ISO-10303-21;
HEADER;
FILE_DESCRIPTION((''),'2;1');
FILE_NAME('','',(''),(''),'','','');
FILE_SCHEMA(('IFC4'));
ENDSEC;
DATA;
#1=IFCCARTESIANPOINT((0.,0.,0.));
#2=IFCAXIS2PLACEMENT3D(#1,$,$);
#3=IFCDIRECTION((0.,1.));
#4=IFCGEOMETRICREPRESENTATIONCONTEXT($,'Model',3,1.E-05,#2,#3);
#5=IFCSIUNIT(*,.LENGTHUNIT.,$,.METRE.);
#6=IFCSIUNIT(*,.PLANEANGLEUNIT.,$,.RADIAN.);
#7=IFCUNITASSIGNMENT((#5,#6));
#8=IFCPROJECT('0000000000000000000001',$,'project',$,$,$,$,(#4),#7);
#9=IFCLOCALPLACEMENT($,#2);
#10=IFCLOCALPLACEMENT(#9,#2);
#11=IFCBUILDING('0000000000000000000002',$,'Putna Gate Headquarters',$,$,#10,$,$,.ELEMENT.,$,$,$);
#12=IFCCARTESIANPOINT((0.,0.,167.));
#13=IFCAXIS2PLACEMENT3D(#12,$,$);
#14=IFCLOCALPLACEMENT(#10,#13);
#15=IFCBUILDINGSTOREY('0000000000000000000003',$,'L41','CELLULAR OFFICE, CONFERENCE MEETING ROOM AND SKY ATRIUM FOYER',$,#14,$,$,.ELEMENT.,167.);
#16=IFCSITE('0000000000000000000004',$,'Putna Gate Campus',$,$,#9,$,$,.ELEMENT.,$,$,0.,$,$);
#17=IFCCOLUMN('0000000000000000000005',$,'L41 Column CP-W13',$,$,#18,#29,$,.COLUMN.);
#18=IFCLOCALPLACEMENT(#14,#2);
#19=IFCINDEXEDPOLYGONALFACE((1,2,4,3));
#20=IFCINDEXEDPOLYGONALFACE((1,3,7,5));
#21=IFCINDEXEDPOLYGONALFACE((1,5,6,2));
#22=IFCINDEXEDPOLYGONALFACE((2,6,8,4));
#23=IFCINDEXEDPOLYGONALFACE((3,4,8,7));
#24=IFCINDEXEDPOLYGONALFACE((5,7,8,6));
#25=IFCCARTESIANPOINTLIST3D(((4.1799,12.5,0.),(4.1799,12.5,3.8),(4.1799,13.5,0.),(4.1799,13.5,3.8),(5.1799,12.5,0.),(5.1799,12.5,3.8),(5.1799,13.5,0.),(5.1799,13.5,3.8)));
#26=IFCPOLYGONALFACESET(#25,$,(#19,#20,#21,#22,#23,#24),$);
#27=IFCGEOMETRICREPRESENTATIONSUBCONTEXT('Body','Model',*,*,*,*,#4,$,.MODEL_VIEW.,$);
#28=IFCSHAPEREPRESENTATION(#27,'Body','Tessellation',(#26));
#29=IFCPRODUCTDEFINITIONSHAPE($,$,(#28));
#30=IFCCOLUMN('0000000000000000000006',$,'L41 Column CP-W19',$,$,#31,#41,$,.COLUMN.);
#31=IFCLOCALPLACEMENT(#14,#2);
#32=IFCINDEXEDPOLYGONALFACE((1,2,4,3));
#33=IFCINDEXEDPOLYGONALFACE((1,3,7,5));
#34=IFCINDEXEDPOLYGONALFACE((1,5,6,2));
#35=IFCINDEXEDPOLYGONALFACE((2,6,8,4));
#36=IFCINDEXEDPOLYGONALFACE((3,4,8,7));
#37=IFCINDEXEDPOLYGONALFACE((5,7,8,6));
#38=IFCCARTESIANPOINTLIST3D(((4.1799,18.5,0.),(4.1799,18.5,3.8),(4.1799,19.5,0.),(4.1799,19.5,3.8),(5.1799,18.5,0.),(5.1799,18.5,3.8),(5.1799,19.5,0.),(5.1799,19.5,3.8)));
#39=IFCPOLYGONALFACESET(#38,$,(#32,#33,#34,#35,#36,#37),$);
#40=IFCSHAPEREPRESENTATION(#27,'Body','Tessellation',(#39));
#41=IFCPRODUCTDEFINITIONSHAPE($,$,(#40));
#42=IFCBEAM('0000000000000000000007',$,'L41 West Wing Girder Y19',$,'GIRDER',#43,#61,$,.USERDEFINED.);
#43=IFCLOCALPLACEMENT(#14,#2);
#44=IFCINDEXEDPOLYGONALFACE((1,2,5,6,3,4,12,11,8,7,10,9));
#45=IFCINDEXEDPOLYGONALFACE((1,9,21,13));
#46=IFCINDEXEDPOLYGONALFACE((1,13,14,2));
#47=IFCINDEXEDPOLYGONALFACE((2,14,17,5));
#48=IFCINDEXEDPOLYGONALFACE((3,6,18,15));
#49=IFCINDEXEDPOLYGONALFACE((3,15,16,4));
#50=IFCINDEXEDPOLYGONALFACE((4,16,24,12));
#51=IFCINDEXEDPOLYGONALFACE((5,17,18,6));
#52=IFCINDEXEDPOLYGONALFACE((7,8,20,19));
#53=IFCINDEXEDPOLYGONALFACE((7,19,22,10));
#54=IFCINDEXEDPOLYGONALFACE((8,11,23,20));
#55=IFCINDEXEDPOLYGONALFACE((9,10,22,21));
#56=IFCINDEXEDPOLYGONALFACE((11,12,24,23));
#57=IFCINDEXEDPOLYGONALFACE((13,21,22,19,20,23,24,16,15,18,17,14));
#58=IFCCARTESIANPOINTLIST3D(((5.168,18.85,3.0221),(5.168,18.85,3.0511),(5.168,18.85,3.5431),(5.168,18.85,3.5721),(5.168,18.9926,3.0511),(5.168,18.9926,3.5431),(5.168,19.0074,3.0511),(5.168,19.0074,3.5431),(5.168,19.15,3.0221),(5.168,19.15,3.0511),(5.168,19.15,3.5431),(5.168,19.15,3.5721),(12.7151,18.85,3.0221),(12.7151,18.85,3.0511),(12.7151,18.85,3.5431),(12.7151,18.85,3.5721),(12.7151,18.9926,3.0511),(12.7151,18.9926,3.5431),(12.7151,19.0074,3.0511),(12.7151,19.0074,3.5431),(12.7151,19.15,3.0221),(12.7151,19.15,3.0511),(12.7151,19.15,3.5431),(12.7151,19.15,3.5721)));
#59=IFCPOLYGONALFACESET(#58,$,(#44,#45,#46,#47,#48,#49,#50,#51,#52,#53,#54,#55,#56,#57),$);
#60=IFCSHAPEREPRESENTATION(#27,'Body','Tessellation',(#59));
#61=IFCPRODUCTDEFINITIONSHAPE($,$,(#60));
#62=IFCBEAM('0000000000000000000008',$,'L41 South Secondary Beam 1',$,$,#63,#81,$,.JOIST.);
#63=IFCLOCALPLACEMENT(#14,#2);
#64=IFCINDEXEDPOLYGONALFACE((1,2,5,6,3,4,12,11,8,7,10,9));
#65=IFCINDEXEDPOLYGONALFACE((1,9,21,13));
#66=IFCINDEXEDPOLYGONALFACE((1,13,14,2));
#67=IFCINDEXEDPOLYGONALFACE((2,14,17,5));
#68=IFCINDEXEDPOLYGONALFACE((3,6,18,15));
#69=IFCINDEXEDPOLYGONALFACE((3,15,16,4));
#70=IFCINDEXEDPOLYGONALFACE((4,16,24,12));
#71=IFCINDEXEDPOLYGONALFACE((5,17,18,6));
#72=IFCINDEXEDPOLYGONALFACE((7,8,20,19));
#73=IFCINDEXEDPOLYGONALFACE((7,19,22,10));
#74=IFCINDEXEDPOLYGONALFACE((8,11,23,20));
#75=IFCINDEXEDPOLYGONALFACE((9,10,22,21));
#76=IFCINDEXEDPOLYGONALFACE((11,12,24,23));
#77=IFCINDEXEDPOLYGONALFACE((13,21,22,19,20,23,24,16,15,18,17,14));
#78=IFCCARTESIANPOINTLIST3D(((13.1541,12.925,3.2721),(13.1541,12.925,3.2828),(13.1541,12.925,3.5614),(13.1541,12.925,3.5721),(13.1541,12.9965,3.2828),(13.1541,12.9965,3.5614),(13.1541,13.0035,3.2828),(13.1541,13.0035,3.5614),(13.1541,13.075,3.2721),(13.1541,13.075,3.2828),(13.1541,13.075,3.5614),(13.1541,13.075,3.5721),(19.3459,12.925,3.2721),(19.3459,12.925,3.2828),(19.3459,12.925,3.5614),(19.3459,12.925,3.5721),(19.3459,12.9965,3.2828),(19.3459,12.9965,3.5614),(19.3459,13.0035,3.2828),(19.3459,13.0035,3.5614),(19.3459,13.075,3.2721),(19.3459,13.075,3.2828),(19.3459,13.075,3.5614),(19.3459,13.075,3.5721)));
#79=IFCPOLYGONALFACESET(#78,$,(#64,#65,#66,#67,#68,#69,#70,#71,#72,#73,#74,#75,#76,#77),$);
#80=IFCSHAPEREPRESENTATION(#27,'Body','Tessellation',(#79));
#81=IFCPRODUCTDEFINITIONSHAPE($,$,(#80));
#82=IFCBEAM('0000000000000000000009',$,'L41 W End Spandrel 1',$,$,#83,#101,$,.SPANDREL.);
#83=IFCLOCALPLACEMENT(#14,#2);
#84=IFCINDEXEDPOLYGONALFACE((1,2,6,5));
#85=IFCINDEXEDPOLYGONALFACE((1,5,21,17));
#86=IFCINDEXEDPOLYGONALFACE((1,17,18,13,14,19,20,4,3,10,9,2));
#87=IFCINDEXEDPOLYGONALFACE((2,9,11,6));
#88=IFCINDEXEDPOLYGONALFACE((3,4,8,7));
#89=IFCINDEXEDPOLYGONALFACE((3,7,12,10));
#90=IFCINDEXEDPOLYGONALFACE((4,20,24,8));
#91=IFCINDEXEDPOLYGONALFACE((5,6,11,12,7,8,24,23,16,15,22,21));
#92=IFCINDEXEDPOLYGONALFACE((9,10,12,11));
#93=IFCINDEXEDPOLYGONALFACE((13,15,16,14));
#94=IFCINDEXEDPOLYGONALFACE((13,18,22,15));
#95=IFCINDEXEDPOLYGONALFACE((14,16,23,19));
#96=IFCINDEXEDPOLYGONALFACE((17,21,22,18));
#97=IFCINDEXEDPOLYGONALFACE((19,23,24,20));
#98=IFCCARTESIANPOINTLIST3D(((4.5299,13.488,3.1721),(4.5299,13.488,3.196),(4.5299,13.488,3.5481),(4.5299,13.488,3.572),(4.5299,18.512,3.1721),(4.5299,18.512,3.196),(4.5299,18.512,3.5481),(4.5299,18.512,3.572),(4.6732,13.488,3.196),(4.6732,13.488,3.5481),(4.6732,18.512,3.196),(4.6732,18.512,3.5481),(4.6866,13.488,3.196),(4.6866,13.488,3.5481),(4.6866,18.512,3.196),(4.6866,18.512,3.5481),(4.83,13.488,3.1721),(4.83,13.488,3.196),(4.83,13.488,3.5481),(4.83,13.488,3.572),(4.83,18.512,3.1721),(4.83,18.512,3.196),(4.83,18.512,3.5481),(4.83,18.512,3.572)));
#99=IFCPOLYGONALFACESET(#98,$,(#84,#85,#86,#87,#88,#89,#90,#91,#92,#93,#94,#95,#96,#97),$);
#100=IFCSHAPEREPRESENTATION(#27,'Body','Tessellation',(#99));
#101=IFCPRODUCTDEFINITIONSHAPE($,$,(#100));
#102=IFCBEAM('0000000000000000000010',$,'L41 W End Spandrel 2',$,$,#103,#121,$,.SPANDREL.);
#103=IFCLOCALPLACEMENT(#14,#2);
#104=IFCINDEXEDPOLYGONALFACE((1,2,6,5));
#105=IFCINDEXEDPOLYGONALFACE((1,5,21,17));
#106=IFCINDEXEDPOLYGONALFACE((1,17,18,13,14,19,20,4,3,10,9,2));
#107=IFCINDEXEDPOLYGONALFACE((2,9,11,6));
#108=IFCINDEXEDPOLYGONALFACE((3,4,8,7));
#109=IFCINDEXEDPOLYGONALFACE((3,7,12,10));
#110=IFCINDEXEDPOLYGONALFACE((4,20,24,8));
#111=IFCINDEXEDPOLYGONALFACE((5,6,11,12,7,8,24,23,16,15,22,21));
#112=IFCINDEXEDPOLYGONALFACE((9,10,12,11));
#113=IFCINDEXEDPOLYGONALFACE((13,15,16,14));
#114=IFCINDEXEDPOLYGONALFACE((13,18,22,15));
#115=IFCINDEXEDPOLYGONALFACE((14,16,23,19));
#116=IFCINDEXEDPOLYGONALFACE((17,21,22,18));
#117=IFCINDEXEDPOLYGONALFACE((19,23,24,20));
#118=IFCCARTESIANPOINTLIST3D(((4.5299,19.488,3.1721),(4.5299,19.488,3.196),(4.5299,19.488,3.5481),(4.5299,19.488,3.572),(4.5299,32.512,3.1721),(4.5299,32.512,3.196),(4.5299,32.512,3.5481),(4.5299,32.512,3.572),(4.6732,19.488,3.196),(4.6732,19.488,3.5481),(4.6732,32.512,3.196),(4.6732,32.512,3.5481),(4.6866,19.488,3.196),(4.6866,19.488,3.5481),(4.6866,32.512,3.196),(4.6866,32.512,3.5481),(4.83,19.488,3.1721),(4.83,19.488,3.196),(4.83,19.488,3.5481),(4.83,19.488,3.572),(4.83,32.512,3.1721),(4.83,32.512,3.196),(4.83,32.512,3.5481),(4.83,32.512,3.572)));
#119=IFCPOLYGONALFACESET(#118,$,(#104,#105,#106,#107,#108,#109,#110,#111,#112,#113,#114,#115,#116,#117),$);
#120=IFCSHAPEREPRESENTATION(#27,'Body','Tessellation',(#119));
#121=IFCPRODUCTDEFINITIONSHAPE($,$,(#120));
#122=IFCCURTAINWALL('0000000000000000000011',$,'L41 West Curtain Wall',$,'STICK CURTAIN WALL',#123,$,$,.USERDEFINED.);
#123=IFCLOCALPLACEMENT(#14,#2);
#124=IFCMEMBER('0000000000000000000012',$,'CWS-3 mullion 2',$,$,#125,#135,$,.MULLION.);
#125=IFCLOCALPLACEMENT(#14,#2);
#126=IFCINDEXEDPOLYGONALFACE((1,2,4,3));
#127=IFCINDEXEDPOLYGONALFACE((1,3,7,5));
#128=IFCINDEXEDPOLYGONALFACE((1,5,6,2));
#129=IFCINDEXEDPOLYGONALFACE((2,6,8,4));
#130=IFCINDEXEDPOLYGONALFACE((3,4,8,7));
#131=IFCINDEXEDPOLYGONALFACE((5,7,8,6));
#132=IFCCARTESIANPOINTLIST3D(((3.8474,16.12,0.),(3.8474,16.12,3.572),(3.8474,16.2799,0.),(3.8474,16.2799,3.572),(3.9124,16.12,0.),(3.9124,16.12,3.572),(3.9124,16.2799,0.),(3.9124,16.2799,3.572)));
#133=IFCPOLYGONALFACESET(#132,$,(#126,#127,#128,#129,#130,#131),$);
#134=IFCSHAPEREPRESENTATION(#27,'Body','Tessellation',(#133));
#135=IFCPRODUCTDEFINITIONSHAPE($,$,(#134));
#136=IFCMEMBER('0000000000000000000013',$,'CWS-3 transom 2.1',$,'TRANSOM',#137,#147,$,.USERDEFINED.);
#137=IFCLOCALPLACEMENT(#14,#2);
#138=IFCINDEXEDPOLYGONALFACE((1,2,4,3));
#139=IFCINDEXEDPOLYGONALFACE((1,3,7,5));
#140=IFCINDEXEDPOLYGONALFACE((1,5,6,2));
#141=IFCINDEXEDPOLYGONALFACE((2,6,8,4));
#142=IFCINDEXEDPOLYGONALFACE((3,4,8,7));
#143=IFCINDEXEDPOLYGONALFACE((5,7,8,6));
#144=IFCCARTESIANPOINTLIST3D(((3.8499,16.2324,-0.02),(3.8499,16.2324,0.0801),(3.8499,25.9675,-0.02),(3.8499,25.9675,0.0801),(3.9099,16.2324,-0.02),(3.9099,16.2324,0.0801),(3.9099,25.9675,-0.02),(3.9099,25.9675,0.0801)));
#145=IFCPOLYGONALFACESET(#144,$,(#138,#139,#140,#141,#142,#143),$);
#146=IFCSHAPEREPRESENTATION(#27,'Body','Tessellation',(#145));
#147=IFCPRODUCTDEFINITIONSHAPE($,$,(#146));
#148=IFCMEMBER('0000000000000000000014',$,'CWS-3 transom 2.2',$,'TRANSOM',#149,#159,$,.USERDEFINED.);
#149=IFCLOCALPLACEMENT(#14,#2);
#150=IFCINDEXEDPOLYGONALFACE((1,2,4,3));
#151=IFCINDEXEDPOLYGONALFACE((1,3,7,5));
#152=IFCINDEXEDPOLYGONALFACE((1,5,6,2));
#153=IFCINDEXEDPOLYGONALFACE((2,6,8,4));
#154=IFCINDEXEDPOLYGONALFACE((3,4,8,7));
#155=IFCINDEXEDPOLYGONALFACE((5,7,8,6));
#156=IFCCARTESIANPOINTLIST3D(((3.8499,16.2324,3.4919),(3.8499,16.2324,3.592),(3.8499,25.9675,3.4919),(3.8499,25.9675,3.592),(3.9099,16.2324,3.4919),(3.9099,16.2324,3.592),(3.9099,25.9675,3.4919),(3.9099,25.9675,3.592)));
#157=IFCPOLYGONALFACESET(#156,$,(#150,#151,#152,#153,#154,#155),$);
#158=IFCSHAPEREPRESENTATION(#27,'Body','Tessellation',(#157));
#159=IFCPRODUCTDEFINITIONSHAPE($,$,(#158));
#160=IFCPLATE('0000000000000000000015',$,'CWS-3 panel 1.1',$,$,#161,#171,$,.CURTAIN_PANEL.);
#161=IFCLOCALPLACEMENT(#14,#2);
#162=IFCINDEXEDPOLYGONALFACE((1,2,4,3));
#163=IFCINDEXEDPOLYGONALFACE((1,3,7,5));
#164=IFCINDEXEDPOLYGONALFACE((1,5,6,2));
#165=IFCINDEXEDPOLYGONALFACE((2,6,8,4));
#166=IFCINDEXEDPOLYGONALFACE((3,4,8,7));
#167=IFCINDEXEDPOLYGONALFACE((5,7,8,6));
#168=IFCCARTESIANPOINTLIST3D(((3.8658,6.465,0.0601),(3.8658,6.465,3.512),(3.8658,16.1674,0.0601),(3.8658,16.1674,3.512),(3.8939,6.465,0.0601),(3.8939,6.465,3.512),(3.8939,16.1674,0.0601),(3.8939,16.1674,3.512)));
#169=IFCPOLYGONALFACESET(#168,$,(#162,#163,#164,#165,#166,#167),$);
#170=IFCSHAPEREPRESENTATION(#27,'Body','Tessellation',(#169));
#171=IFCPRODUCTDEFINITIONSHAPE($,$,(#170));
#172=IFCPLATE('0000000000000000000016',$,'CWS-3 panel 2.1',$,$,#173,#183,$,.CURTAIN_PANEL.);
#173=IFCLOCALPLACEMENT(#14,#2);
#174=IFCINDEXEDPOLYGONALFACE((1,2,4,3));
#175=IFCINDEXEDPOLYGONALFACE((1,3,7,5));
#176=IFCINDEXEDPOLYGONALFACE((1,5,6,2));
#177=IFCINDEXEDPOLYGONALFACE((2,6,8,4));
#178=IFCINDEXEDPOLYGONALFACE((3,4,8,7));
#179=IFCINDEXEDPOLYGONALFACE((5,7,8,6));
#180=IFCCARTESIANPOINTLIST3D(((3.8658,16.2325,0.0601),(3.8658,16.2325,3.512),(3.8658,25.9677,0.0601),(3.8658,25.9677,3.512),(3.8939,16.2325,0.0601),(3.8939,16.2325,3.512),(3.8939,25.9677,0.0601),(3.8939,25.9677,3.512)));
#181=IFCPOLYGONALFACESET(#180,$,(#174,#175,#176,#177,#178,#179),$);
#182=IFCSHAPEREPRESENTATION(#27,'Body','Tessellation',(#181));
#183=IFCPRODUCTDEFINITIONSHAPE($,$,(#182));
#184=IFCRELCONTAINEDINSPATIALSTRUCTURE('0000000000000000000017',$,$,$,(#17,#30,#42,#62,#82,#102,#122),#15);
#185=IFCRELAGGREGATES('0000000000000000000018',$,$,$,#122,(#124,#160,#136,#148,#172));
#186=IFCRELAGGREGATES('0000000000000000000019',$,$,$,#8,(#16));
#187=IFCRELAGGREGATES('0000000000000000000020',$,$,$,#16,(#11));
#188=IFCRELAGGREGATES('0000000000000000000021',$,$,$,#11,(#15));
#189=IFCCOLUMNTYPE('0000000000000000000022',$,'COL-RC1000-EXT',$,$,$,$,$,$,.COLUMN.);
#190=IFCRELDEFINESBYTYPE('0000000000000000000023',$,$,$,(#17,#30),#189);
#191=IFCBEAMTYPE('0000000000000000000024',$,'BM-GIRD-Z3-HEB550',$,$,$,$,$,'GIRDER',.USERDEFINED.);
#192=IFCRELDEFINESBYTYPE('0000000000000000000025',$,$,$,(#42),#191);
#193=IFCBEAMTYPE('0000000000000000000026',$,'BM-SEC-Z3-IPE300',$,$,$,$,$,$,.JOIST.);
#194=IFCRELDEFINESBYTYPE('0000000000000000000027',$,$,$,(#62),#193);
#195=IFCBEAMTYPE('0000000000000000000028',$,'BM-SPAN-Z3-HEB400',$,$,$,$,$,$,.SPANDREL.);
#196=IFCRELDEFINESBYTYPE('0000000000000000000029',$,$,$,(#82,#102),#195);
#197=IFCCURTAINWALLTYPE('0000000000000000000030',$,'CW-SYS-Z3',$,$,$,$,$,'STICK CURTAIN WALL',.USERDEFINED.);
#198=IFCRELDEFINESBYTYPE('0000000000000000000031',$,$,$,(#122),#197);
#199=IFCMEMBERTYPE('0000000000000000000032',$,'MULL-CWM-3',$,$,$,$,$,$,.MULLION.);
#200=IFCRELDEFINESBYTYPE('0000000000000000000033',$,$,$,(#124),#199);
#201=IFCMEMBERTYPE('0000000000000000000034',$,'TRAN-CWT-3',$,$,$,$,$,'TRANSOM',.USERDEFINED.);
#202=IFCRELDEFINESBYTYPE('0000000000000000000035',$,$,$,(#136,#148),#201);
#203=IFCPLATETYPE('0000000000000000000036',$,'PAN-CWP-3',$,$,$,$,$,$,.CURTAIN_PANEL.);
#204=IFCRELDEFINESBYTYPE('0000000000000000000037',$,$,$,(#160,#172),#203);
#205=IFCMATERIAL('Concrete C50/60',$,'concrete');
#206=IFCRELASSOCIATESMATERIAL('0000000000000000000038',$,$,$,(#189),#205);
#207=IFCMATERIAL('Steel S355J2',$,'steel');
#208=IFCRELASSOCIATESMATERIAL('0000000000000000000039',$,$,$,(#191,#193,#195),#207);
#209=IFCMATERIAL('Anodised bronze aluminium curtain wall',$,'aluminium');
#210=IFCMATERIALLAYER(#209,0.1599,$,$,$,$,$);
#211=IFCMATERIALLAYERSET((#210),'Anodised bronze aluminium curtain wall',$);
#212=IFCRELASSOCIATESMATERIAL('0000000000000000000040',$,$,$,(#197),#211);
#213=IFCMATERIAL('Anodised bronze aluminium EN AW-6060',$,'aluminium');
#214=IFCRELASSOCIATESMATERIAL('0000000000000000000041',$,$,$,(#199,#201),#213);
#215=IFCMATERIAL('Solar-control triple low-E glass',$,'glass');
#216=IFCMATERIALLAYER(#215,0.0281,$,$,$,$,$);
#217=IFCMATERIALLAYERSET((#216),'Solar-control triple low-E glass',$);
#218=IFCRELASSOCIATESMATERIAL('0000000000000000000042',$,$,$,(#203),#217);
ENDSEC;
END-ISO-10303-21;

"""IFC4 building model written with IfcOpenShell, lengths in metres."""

from ifc_helpers import new_model, si_unit, direction, frame, origin, origin_2d, place, context, subcontext, project, spatial, rectangle, i_section, extrude, material, layer, layer_set, material_profile, profile_set, type_object, element, aggregate, save


model = new_model("IFC4")

# Units and contexts
model_context = context("Model", 3, precision=1e-05, world=origin(), true_north=direction((0.0, 1.0)))
body_context = subcontext(model_context, "Body", "Model", "MODEL_VIEW")
ifc_project = project(units=[si_unit("LENGTHUNIT", "METRE"), si_unit("PLANEANGLEUNIT", "RADIAN")], contexts=[model_context])

# Site, building, storey
site_placement = place(None, origin())
site = spatial("IfcSite", under=ifc_project, at=site_placement, Name="Putna Gate Campus", CompositionType="ELEMENT", RefElevation=0.0)
building_placement = place(site_placement, origin())
building = spatial("IfcBuilding", under=site, at=building_placement, Name="Putna Gate Headquarters", CompositionType="ELEMENT")
storey_placement = place(building_placement, frame((0.0, 0.0, 167.0)))
storey = spatial("IfcBuildingStorey", under=building, at=storey_placement, Name="L41", Description="CELLULAR OFFICE, CONFERENCE MEETING ROOM AND SKY ATRIUM FOYER", CompositionType="ELEMENT", Elevation=167.0)

# Columns
ifc_material_1 = material(Name="Concrete C50/60", Category="concrete")
ifc_material_profile_1 = material_profile(ifc_material_1, rectangle(XDim=1.0, YDim=1.0, at=origin_2d()), Name="Concrete C50/60")
ifc_profile_set_1 = profile_set([ifc_material_profile_1], Name="Concrete C50/60")
column_type = type_object("IfcColumnType", Name="COL-RC1000-EXT", PredefinedType="COLUMN", material=ifc_profile_set_1)
for number, where, z_axis, x_axis, name in (
    (1, (4.6799, 13.0, 0.0), (0.0, 0.0, 1.0), (1.0, 0.0, 0.0), "L41 Column CP-W13"),
    (2, (4.6799, 19.0, 0.0), (0.0, 0.0, 1.0), (1.0, 0.0, 0.0), "L41 Column CP-W19"),
):
    element("IfcColumn", number, at=place(storey_placement, frame(where, z_axis=z_axis, x_axis=x_axis)), inside=storey, type_object=column_type, Name=name, PredefinedType="COLUMN", context=body_context, shape_type="SweptSolid", body=[
        extrude(rectangle(XDim=1.0, YDim=1.0, at=origin_2d()), origin(), (0.0, 0.0, 1.0), 3.8),
    ])

# Beams
ifc_material_2 = material(Name="Steel S355J2", Category="steel")
ifc_material_profile_2 = material_profile(ifc_material_2, i_section(OverallWidth=0.3, OverallDepth=0.55, WebThickness=0.0149, FlangeThickness=0.0291, at=origin_2d()), Name="Steel S355J2")
ifc_profile_set_2 = profile_set([ifc_material_profile_2], Name="Steel S355J2")
beam_type_1 = type_object("IfcBeamType", Name="BM-GIRD-Z3-HEB550", ElementType="GIRDER", PredefinedType="USERDEFINED", material=ifc_profile_set_2)
beam_1_placement = place(storey_placement, frame((5.168, 19.0, 3.2971), z_axis=(1.0, 0.0, 0.0), x_axis=(0.0, 1.0, 0.0)))
element("IfcBeam", 3, at=beam_1_placement, inside=storey, type_object=beam_type_1, Name="L41 West Wing Girder Y19", ObjectType="GIRDER", PredefinedType="USERDEFINED", context=body_context, shape_type="SweptSolid", body=[
    extrude(i_section(OverallWidth=0.3, OverallDepth=0.55, WebThickness=0.0149, FlangeThickness=0.0291, at=origin_2d()), origin(), (0.0, 0.0, 1.0), 7.5471),
])
ifc_material_profile_3 = material_profile(ifc_material_2, i_section(OverallWidth=0.1499, OverallDepth=0.3, WebThickness=0.0071, FlangeThickness=0.0107, at=origin_2d()), Name="Steel S355J2")
ifc_profile_set_3 = profile_set([ifc_material_profile_3], Name="Steel S355J2")
beam_type_2 = type_object("IfcBeamType", Name="BM-SEC-Z3-IPE300", PredefinedType="JOIST", material=ifc_profile_set_3)
beam_2_placement = place(storey_placement, frame((13.1541, 13.0, 3.4221), z_axis=(1.0, 0.0, 0.0), x_axis=(0.0, 1.0, 0.0)))
element("IfcBeam", 4, at=beam_2_placement, inside=storey, type_object=beam_type_2, Name="L41 South Secondary Beam 1", PredefinedType="JOIST", context=body_context, shape_type="SweptSolid", body=[
    extrude(i_section(OverallWidth=0.1499, OverallDepth=0.3, WebThickness=0.0071, FlangeThickness=0.0107, at=origin_2d()), origin(), (0.0, 0.0, 1.0), 6.1919),
])
ifc_material_profile_4 = material_profile(ifc_material_2, i_section(OverallWidth=0.3, OverallDepth=0.3999, WebThickness=0.0134, FlangeThickness=0.0239, at=origin_2d()), Name="Steel S355J2")
ifc_profile_set_4 = profile_set([ifc_material_profile_4], Name="Steel S355J2")
beam_type_3 = type_object("IfcBeamType", Name="BM-SPAN-Z3-HEB400", PredefinedType="SPANDREL", material=ifc_profile_set_4)
beam_3_placement = place(storey_placement, frame((4.6799, 13.488, 3.3721), z_axis=(0.0, 1.0, 0.0), x_axis=(-1.0, 0.0, 0.0)))
element("IfcBeam", 5, at=beam_3_placement, inside=storey, type_object=beam_type_3, Name="L41 W End Spandrel 1", PredefinedType="SPANDREL", context=body_context, shape_type="SweptSolid", body=[
    extrude(i_section(OverallWidth=0.3, OverallDepth=0.3999, WebThickness=0.0134, FlangeThickness=0.0239, at=origin_2d()), origin(), (0.0, 0.0, 1.0), 5.0239),
])
beam_4_placement = place(storey_placement, frame((4.6799, 19.488, 3.3721), z_axis=(0.0, 1.0, 0.0), x_axis=(-1.0, 0.0, 0.0)))
element("IfcBeam", 6, at=beam_4_placement, inside=storey, type_object=beam_type_3, Name="L41 W End Spandrel 2", PredefinedType="SPANDREL", context=body_context, shape_type="SweptSolid", body=[
    extrude(i_section(OverallWidth=0.3, OverallDepth=0.3999, WebThickness=0.0134, FlangeThickness=0.0239, at=origin_2d()), origin(), (0.0, 0.0, 1.0), 13.0239),
])

# Curtain wall, members, plates
ifc_material_3 = material(Name="Anodised bronze aluminium curtain wall", Category="aluminium")
ifc_layer_1 = layer(ifc_material_3, 0.1599)
ifc_layer_set_1 = layer_set([ifc_layer_1], Name="Anodised bronze aluminium curtain wall")
curtain_wall_type = type_object("IfcCurtainWallType", Name="CW-SYS-Z3", ElementType="STICK CURTAIN WALL", PredefinedType="USERDEFINED", material=ifc_layer_set_1)
curtain_wall_placement = place(storey_placement, origin())
curtain_wall = element("IfcCurtainWall", 7, at=curtain_wall_placement, inside=storey, type_object=curtain_wall_type, Name="L41 West Curtain Wall", ObjectType="STICK CURTAIN WALL", PredefinedType="USERDEFINED")
ifc_material_4 = material(Name="Anodised bronze aluminium EN AW-6060", Category="aluminium")
ifc_material_profile_5 = material_profile(ifc_material_4, rectangle(XDim=0.0649, YDim=0.1599, at=origin_2d()), Name="Anodised bronze aluminium EN AW-6060")
ifc_profile_set_5 = profile_set([ifc_material_profile_5], Name="Anodised bronze aluminium EN AW-6060")
member_type_1 = type_object("IfcMemberType", Name="MULL-CWM-3", PredefinedType="MULLION", material=ifc_profile_set_5)
member_1_placement = place(storey_placement, frame((3.8799, 16.2, 0.0), z_axis=(0.0, 0.0, 1.0), x_axis=(-1.0, 0.0, 0.0)))
member_1 = element("IfcMember", 8, at=member_1_placement, type_object=member_type_1, Name="CWS-3 mullion 2", PredefinedType="MULLION", context=body_context, shape_type="SweptSolid", body=[
    extrude(rectangle(XDim=0.0649, YDim=0.1599, at=origin_2d()), origin(), (0.0, 0.0, 1.0), 3.572),
])
ifc_material_profile_6 = material_profile(ifc_material_4, rectangle(XDim=0.0601, YDim=0.1001, at=origin_2d()), Name="Anodised bronze aluminium EN AW-6060")
ifc_profile_set_6 = profile_set([ifc_material_profile_6], Name="Anodised bronze aluminium EN AW-6060")
member_type_2 = type_object("IfcMemberType", Name="TRAN-CWT-3", ElementType="TRANSOM", PredefinedType="USERDEFINED", material=ifc_profile_set_6)
member_2_placement = place(storey_placement, frame((3.8799, 16.2324, 0.03), z_axis=(0.0, 1.0, 0.0), x_axis=(-1.0, 0.0, 0.0)))
member_2 = element("IfcMember", 9, at=member_2_placement, type_object=member_type_2, Name="CWS-3 transom 2.1", ObjectType="TRANSOM", PredefinedType="USERDEFINED", context=body_context, shape_type="SweptSolid", body=[
    extrude(rectangle(XDim=0.0601, YDim=0.1001, at=origin_2d()), origin(), (0.0, 0.0, 1.0), 9.7351),
])
member_3_placement = place(storey_placement, frame((3.8799, 16.2324, 3.542), z_axis=(0.0, 1.0, 0.0), x_axis=(-1.0, 0.0, 0.0)))
member_3 = element("IfcMember", 10, at=member_3_placement, type_object=member_type_2, Name="CWS-3 transom 2.2", ObjectType="TRANSOM", PredefinedType="USERDEFINED", context=body_context, shape_type="SweptSolid", body=[
    extrude(rectangle(XDim=0.0601, YDim=0.1001, at=origin_2d()), origin(), (0.0, 0.0, 1.0), 9.7351),
])
ifc_material_5 = material(Name="Solar-control triple low-E glass", Category="glass")
ifc_layer_2 = layer(ifc_material_5, 0.0281)
ifc_layer_set_2 = layer_set([ifc_layer_2], Name="Solar-control triple low-E glass")
plate_type = type_object("IfcPlateType", Name="PAN-CWP-3", PredefinedType="CURTAIN_PANEL", material=ifc_layer_set_2)
plate_1_placement = place(storey_placement, frame((3.8799, 11.3162, 0.0601), z_axis=(0.0, 0.0, 1.0), x_axis=(0.0, 1.0, 0.0)))
plate_1 = element("IfcPlate", 11, at=plate_1_placement, type_object=plate_type, Name="CWS-3 panel 1.1", PredefinedType="CURTAIN_PANEL", context=body_context, shape_type="SweptSolid", body=[
    extrude(rectangle(XDim=9.7024, YDim=0.0281, at=origin_2d()), origin(), (0.0, 0.0, 1.0), 3.4519),
])
plate_2_placement = place(storey_placement, frame((3.8799, 21.1001, 0.0601), z_axis=(0.0, 0.0, 1.0), x_axis=(0.0, 1.0, 0.0)))
plate_2 = element("IfcPlate", 12, at=plate_2_placement, type_object=plate_type, Name="CWS-3 panel 2.1", PredefinedType="CURTAIN_PANEL", context=body_context, shape_type="SweptSolid", body=[
    extrude(rectangle(XDim=9.7351, YDim=0.0281, at=origin_2d()), origin(), (0.0, 0.0, 1.0), 3.4519),
])
aggregate(curtain_wall, [member_1, plate_1, member_2, member_3, plate_2])

save(model, "model.ifc")
